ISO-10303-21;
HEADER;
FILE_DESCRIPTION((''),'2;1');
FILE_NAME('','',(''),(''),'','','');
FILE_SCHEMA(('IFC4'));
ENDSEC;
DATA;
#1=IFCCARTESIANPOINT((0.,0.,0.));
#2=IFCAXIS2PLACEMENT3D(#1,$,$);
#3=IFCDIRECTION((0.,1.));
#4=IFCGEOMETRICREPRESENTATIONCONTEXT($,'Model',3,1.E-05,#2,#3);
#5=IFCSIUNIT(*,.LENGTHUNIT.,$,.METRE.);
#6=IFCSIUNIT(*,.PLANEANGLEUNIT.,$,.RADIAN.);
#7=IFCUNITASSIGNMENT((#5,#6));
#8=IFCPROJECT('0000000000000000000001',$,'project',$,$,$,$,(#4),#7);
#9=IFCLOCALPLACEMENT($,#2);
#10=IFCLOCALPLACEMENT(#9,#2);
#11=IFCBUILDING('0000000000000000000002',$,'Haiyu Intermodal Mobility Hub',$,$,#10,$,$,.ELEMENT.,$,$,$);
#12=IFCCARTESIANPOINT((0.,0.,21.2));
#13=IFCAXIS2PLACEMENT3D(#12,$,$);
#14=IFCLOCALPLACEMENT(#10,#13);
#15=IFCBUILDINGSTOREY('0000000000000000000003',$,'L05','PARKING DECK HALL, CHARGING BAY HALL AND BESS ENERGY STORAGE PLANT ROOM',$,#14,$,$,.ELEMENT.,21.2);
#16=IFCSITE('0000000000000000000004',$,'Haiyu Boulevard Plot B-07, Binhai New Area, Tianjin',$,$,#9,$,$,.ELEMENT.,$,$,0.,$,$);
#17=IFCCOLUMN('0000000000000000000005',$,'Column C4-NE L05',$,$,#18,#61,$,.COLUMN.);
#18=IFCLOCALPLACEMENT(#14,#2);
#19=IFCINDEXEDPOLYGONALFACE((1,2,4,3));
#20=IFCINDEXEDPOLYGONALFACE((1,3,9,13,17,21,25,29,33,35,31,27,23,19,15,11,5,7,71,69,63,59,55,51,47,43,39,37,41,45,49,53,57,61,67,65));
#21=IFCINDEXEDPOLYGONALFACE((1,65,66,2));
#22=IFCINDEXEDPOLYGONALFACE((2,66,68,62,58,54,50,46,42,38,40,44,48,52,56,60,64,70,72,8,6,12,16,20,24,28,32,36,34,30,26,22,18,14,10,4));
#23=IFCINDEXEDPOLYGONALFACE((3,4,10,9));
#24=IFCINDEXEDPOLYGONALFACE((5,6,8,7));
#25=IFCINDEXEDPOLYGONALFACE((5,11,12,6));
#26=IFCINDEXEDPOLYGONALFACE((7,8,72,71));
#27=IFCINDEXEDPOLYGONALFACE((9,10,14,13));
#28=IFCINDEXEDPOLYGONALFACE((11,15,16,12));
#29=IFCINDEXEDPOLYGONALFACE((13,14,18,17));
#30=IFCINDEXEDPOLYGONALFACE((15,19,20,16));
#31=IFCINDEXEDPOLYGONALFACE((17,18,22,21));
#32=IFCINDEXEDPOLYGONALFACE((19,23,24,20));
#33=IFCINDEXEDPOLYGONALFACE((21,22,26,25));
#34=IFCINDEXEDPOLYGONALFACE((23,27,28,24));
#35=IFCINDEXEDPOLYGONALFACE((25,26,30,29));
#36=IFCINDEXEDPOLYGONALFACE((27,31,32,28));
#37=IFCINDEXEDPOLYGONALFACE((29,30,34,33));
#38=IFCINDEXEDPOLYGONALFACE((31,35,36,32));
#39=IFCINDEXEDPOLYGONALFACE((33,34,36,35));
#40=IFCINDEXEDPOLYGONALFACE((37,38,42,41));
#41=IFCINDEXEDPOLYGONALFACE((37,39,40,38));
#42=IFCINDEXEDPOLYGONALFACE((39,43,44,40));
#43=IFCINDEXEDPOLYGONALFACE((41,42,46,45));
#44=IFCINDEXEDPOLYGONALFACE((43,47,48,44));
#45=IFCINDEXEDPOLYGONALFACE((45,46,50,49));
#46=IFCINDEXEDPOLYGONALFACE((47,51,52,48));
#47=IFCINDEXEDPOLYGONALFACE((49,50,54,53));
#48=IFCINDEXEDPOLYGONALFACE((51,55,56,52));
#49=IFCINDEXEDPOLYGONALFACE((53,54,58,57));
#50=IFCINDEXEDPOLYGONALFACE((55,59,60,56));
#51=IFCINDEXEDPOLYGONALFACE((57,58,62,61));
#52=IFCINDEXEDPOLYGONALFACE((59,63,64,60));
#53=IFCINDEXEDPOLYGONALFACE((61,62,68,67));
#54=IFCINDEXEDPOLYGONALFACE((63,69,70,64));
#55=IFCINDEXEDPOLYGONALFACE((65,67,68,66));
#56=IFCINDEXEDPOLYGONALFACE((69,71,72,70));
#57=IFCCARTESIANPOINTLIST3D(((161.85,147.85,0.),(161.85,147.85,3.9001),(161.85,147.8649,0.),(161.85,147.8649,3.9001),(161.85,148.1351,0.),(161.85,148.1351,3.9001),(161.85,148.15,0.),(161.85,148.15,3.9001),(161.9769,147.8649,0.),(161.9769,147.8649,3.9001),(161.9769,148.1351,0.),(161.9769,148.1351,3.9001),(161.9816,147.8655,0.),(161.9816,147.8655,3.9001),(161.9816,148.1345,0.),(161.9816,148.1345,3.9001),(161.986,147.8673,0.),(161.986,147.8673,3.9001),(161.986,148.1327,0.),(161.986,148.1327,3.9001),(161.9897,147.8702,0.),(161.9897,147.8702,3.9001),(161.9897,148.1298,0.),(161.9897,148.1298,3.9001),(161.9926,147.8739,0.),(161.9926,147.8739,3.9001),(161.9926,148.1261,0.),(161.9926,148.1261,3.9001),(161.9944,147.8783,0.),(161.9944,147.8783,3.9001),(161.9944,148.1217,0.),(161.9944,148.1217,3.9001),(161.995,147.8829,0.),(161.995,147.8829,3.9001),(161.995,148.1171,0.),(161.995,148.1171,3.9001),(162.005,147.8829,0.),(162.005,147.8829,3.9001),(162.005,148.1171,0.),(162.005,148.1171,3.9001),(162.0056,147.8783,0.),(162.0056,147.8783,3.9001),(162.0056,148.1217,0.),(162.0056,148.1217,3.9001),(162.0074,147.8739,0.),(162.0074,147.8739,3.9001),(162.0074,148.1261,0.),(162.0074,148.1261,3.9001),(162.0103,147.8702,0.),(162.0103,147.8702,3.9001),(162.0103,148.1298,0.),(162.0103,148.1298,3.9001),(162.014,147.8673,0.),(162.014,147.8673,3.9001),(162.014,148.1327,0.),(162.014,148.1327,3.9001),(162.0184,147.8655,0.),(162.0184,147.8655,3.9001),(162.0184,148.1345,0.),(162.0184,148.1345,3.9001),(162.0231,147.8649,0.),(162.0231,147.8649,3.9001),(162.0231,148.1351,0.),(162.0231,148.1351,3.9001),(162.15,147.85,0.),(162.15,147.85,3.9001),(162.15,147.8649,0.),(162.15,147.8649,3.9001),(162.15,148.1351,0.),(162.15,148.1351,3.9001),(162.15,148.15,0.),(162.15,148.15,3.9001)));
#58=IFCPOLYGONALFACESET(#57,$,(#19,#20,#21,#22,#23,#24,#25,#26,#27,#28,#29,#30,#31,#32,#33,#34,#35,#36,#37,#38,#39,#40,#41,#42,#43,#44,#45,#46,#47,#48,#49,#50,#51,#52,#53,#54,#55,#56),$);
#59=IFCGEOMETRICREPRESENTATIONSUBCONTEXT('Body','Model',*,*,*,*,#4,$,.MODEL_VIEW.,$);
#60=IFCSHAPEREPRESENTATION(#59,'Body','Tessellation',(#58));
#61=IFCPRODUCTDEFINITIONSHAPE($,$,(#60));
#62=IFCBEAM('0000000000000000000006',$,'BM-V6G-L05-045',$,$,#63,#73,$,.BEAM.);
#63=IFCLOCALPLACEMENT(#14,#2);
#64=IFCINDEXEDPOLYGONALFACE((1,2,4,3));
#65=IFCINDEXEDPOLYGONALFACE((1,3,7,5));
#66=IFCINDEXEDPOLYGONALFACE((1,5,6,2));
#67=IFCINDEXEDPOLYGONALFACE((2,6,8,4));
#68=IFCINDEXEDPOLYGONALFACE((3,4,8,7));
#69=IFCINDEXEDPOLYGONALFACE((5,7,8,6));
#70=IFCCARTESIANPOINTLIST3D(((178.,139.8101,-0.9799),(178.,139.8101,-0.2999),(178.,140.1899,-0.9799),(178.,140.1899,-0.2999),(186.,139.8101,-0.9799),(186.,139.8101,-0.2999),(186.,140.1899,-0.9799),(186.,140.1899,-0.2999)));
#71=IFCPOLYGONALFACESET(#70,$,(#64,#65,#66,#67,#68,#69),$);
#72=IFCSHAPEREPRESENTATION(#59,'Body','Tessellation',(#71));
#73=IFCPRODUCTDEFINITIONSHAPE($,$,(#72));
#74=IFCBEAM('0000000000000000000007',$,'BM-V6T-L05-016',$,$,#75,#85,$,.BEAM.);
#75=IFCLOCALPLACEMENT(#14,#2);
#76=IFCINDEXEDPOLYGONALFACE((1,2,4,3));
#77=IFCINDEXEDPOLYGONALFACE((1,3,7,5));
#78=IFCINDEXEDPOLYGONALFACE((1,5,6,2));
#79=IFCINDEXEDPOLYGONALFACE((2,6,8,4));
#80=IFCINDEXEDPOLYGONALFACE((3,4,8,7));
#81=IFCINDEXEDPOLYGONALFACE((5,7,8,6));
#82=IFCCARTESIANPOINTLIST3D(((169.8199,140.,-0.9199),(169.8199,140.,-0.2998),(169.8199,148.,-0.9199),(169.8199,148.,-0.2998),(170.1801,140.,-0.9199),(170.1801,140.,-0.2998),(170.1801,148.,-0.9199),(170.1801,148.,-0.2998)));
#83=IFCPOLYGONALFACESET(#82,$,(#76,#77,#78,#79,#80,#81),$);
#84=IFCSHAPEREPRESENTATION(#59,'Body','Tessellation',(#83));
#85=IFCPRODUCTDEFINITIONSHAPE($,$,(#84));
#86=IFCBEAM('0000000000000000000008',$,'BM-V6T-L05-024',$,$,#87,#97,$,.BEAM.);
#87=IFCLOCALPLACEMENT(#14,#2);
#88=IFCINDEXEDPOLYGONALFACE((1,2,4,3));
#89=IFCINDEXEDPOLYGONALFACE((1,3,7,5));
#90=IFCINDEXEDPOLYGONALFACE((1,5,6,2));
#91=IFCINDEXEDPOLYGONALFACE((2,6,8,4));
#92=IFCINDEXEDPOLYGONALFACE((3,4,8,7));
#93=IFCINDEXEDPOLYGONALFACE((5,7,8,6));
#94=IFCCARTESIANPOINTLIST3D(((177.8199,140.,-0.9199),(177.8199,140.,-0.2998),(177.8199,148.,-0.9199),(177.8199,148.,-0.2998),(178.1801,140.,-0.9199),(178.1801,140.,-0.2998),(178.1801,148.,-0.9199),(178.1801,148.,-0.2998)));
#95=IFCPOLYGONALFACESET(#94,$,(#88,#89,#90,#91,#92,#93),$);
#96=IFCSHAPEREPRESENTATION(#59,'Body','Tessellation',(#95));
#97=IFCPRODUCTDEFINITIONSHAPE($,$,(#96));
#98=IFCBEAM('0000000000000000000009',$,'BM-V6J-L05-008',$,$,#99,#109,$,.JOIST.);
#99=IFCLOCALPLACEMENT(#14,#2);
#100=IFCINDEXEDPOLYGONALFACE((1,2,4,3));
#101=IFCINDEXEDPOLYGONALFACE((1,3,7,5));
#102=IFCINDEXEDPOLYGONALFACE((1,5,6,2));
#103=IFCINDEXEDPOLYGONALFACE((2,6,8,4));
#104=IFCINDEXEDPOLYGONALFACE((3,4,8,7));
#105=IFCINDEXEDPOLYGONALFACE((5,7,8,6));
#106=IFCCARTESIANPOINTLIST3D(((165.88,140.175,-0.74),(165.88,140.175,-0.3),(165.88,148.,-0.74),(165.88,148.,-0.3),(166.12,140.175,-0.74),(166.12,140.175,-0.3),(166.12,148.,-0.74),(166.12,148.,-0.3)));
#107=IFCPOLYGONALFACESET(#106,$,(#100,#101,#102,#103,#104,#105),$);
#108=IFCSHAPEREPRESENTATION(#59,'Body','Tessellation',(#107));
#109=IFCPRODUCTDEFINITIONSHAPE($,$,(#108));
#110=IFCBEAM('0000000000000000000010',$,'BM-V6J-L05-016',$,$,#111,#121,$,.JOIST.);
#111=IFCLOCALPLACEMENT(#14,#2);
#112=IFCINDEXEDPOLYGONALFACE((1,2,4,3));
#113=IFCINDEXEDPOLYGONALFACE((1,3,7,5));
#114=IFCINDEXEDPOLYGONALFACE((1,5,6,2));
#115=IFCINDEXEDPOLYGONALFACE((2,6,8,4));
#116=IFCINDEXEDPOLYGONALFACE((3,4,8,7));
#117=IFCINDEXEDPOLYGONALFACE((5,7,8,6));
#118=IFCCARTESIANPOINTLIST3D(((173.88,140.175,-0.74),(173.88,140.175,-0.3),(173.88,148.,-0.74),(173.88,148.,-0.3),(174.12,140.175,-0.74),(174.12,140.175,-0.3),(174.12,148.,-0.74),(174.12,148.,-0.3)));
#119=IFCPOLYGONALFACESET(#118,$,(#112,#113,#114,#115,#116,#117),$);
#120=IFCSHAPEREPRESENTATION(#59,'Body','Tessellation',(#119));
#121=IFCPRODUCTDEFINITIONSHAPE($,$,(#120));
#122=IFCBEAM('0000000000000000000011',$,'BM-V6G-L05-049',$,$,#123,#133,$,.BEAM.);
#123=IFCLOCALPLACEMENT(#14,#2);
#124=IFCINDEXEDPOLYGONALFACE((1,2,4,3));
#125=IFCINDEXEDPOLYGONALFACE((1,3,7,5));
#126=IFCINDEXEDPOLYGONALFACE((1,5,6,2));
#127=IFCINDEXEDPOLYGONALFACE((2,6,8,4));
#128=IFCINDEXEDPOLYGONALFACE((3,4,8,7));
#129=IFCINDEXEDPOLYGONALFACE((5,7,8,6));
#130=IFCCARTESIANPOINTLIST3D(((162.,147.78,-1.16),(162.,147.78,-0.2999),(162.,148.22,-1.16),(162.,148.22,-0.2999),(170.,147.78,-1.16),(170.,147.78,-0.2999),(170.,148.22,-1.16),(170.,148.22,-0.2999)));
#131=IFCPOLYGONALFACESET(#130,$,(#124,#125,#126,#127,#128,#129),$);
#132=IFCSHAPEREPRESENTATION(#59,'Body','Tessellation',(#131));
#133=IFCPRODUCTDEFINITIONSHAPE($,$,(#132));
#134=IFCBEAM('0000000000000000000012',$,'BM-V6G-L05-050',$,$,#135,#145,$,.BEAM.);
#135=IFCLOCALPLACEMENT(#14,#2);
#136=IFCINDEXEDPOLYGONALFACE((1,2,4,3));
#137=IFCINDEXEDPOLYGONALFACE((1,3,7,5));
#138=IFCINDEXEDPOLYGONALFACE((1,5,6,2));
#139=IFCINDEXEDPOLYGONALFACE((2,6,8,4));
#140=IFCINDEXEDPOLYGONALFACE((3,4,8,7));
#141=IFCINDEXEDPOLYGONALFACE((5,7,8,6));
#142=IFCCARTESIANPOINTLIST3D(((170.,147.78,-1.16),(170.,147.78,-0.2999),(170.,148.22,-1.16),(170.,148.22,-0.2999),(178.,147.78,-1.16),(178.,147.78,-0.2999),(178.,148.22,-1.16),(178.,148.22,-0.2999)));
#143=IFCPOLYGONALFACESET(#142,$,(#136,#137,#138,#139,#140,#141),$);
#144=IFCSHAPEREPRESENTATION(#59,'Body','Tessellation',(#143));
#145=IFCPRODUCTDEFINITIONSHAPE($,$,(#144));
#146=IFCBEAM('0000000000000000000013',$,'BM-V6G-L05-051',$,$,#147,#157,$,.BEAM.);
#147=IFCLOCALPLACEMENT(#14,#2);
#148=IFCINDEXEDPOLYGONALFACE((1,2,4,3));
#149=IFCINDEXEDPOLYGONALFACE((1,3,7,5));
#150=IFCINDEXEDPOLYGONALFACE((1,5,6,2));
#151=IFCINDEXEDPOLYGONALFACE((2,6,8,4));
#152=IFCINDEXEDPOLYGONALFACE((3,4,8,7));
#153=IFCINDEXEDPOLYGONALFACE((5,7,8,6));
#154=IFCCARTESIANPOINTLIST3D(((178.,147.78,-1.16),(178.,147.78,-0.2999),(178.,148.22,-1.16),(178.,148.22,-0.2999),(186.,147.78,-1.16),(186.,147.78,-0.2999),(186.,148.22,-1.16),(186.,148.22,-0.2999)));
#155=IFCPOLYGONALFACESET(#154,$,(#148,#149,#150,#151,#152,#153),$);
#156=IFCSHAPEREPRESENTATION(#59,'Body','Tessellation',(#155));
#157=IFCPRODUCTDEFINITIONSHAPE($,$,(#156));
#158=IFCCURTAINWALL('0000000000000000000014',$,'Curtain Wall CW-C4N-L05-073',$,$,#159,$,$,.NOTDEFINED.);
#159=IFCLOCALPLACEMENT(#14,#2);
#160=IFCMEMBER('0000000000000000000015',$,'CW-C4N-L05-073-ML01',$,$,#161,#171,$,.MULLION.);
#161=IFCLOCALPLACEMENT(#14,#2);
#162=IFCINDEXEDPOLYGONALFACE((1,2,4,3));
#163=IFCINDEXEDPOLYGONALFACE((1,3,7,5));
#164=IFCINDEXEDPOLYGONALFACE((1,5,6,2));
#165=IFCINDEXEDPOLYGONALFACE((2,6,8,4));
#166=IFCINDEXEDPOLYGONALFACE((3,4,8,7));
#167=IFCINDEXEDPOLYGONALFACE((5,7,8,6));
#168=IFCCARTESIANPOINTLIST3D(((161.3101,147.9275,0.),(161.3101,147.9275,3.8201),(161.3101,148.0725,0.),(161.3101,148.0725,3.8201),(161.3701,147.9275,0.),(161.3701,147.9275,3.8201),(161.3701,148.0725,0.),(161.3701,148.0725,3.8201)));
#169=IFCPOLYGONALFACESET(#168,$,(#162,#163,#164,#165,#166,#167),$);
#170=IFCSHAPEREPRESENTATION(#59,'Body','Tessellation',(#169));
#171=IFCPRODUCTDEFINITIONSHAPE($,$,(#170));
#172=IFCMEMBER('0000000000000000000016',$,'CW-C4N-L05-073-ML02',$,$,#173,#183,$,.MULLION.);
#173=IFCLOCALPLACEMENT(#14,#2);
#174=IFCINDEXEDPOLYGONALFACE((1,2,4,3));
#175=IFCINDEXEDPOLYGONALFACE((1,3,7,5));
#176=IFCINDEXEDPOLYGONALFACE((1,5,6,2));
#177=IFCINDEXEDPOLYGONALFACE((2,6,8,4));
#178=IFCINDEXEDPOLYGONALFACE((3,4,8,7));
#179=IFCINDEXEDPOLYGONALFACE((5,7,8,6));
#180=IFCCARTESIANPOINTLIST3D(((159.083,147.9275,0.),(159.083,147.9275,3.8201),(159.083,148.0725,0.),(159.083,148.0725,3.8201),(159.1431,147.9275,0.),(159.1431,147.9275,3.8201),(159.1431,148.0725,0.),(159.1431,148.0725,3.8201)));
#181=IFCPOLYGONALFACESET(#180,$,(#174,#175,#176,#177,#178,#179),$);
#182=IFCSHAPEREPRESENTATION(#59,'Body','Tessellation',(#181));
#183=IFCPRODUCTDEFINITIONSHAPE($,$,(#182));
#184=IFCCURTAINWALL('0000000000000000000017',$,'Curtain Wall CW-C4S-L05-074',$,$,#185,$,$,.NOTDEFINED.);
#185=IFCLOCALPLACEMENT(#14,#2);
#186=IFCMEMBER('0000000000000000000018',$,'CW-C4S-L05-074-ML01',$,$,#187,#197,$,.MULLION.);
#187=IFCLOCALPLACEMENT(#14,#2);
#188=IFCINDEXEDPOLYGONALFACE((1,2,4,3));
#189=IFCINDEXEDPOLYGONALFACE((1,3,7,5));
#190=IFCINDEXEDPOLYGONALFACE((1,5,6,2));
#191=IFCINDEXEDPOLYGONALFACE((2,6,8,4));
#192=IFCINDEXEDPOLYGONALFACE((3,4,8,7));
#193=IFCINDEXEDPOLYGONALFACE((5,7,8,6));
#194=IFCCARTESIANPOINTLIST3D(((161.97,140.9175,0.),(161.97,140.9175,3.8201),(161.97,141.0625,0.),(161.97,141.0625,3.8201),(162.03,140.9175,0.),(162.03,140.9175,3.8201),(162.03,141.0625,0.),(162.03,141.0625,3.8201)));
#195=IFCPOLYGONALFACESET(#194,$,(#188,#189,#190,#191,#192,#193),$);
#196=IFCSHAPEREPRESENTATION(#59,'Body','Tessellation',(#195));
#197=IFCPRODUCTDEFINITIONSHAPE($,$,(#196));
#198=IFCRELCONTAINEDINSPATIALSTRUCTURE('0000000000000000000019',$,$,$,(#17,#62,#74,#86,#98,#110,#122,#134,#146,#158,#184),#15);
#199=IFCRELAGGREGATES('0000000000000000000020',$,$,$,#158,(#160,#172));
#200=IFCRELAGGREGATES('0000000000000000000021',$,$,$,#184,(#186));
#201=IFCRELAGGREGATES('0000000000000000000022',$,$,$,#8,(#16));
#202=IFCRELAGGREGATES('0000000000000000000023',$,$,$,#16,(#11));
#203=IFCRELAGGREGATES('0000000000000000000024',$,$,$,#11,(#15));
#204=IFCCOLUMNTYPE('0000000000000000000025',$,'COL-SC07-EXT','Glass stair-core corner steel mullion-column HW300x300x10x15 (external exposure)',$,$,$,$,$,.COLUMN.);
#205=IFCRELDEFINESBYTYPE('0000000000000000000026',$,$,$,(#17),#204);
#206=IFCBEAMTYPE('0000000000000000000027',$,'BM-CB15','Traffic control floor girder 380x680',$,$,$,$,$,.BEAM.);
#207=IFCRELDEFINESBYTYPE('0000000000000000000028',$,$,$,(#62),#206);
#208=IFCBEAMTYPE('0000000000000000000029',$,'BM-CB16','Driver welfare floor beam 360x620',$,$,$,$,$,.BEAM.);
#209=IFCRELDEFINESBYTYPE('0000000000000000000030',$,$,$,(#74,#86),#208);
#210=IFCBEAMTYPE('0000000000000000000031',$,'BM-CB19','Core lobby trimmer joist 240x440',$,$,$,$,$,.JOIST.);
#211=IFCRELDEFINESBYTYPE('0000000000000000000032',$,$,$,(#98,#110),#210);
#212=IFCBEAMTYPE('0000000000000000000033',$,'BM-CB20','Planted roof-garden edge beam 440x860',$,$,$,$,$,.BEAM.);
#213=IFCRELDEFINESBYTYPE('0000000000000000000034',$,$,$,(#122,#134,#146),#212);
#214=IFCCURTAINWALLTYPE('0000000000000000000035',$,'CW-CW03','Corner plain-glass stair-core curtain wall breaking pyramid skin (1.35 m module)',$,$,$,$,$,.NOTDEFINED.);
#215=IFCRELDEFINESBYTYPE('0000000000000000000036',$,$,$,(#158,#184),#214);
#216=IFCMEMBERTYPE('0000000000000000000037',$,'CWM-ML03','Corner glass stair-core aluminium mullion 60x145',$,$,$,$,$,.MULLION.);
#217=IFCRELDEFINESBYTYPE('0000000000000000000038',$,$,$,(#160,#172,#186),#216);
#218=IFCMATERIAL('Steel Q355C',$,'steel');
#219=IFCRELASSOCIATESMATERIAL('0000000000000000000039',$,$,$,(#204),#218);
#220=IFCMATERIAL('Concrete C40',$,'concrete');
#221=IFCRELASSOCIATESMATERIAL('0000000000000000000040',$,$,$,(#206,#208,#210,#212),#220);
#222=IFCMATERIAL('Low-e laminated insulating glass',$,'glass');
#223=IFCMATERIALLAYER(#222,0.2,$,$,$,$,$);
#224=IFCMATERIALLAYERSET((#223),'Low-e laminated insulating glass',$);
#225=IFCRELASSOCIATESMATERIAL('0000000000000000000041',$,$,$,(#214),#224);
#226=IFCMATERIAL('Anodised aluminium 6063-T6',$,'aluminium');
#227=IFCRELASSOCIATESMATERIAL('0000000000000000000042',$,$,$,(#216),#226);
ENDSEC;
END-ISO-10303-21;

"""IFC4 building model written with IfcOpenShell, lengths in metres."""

from ifc_helpers import new_model, si_unit, direction, frame, origin, origin_2d, place, context, subcontext, project, spatial, rectangle, i_section, extrude, material, layer, layer_set, material_profile, profile_set, type_object, element, aggregate, save


model = new_model("IFC4")

# Units and contexts
model_context = context("Model", 3, precision=1e-05, world=origin(), true_north=direction((0.0, 1.0)))
body_context = subcontext(model_context, "Body", "Model", "MODEL_VIEW")
ifc_project = project(units=[si_unit("LENGTHUNIT", "METRE"), si_unit("PLANEANGLEUNIT", "RADIAN")], contexts=[model_context])

# Site, building, storey
site_placement = place(None, origin())
site = spatial("IfcSite", under=ifc_project, at=site_placement, Name="Haiyu Boulevard Plot B-07, Binhai New Area, Tianjin", CompositionType="ELEMENT", RefElevation=0.0)
building_placement = place(site_placement, origin())
building = spatial("IfcBuilding", under=site, at=building_placement, Name="Haiyu Intermodal Mobility Hub", CompositionType="ELEMENT")
storey_placement = place(building_placement, frame((0.0, 0.0, 21.2)))
storey = spatial("IfcBuildingStorey", under=building, at=storey_placement, Name="L05", Description="PARKING DECK HALL, CHARGING BAY HALL AND BESS ENERGY STORAGE PLANT ROOM", CompositionType="ELEMENT", Elevation=21.2)

# Column
ifc_material_1 = material(Name="Steel Q355C", Category="steel")
ifc_material_profile_1 = material_profile(ifc_material_1, i_section(OverallWidth=0.3, OverallDepth=0.3, WebThickness=0.01, FlangeThickness=0.0149, FilletRadius=0.0181, at=origin_2d()), Name="HW300x300x10x15")
ifc_profile_set_1 = profile_set([ifc_material_profile_1], Name="Steel Q355C")
column_type = type_object("IfcColumnType", Name="COL-SC07-EXT", Description="Glass stair-core corner steel mullion-column HW300x300x10x15 (external exposure)", PredefinedType="COLUMN", material=ifc_profile_set_1)
column_placement = place(storey_placement, frame((162.0, 148.0, 0.0), z_axis=(0.0, 0.0, 1.0), x_axis=(1.0, 0.0, 0.0)))
element("IfcColumn", 1, at=column_placement, inside=storey, type_object=column_type, Name="Column C4-NE L05", PredefinedType="COLUMN", context=body_context, shape_type="SweptSolid", body=[
    extrude(i_section(OverallWidth=0.3, OverallDepth=0.3, WebThickness=0.01, FlangeThickness=0.0149, FilletRadius=0.0181, at=origin_2d()), origin(), (0.0, 0.0, 1.0), 3.9001),
])

# Beams
ifc_material_2 = material(Name="Concrete C40", Category="concrete")
ifc_material_profile_2 = material_profile(ifc_material_2, rectangle(XDim=0.3799, YDim=0.6799, at=origin_2d()), Name="B380x680")
ifc_profile_set_2 = profile_set([ifc_material_profile_2], Name="Concrete C40")
beam_type_1 = type_object("IfcBeamType", Name="BM-CB15", Description="Traffic control floor girder 380x680", PredefinedType="BEAM", material=ifc_profile_set_2)
beam_placement = place(storey_placement, frame((178.0, 140.0, -0.6399), z_axis=(1.0, 0.0, 0.0), x_axis=(0.0, 1.0, 0.0)))
element("IfcBeam", 2, at=beam_placement, inside=storey, type_object=beam_type_1, Name="BM-V6G-L05-045", PredefinedType="BEAM", context=body_context, shape_type="SweptSolid", body=[
    extrude(rectangle(XDim=0.3799, YDim=0.6799, at=origin_2d()), origin(), (0.0, 0.0, 1.0), 8.0),
])
ifc_material_profile_3 = material_profile(ifc_material_2, rectangle(XDim=0.3601, YDim=0.6201, at=origin_2d()), Name="B360x620")
ifc_profile_set_3 = profile_set([ifc_material_profile_3], Name="Concrete C40")
beam_type_2 = type_object("IfcBeamType", Name="BM-CB16", Description="Driver welfare floor beam 360x620", PredefinedType="BEAM", material=ifc_profile_set_3)
for number, where, z_axis, x_axis, name in (
    (3, (170.0, 140.0, -0.6099), (0.0, 1.0, 0.0), (-1.0, 0.0, 0.0), "BM-V6T-L05-016"),
    (4, (178.0, 140.0, -0.6099), (0.0, 1.0, 0.0), (-1.0, 0.0, 0.0), "BM-V6T-L05-024"),
):
    element("IfcBeam", number, at=place(storey_placement, frame(where, z_axis=z_axis, x_axis=x_axis)), inside=storey, type_object=beam_type_2, Name=name, PredefinedType="BEAM", context=body_context, shape_type="SweptSolid", body=[
        extrude(rectangle(XDim=0.3601, YDim=0.6201, at=origin_2d()), origin(), (0.0, 0.0, 1.0), 8.0),
    ])
ifc_material_profile_4 = material_profile(ifc_material_2, rectangle(XDim=0.24, YDim=0.4399, at=origin_2d()), Name="B240x440")
ifc_profile_set_4 = profile_set([ifc_material_profile_4], Name="Concrete C40")
beam_type_3 = type_object("IfcBeamType", Name="BM-CB19", Description="Core lobby trimmer joist 240x440", PredefinedType="JOIST", material=ifc_profile_set_4)
for number, where, z_axis, x_axis, name in (
    (5, (166.0, 140.175, -0.52), (0.0, 1.0, 0.0), (-1.0, 0.0, 0.0), "BM-V6J-L05-008"),
    (6, (174.0, 140.175, -0.52), (0.0, 1.0, 0.0), (-1.0, 0.0, 0.0), "BM-V6J-L05-016"),
):
    element("IfcBeam", number, at=place(storey_placement, frame(where, z_axis=z_axis, x_axis=x_axis)), inside=storey, type_object=beam_type_3, Name=name, PredefinedType="JOIST", context=body_context, shape_type="SweptSolid", body=[
        extrude(rectangle(XDim=0.24, YDim=0.4399, at=origin_2d()), origin(), (0.0, 0.0, 1.0), 7.825),
    ])
ifc_material_profile_5 = material_profile(ifc_material_2, rectangle(XDim=0.4399, YDim=0.8601, at=origin_2d()), Name="B440x860")
ifc_profile_set_5 = profile_set([ifc_material_profile_5], Name="Concrete C40")
beam_type_4 = type_object("IfcBeamType", Name="BM-CB20", Description="Planted roof-garden edge beam 440x860", PredefinedType="BEAM", material=ifc_profile_set_5)
for number, where, z_axis, x_axis, name in (
    (7, (162.0, 148.0, -0.73), (1.0, 0.0, 0.0), (0.0, 1.0, 0.0), "BM-V6G-L05-049"),
    (8, (170.0, 148.0, -0.73), (1.0, 0.0, 0.0), (0.0, 1.0, 0.0), "BM-V6G-L05-050"),
    (9, (178.0, 148.0, -0.73), (1.0, 0.0, 0.0), (0.0, 1.0, 0.0), "BM-V6G-L05-051"),
):
    element("IfcBeam", number, at=place(storey_placement, frame(where, z_axis=z_axis, x_axis=x_axis)), inside=storey, type_object=beam_type_4, Name=name, PredefinedType="BEAM", context=body_context, shape_type="SweptSolid", body=[
        extrude(rectangle(XDim=0.4399, YDim=0.8601, at=origin_2d()), origin(), (0.0, 0.0, 1.0), 8.0),
    ])

# Curtain walls, members
ifc_material_3 = material(Name="Low-e laminated insulating glass", Category="glass")
ifc_layer_1 = layer(ifc_material_3, 0.2)
ifc_layer_set_1 = layer_set([ifc_layer_1], Name="Low-e laminated insulating glass")
curtain_wall_type = type_object("IfcCurtainWallType", Name="CW-CW03", Description="Corner plain-glass stair-core curtain wall breaking pyramid skin (1.35 m module)", PredefinedType="NOTDEFINED", material=ifc_layer_set_1)
curtain_wall_1_placement = place(storey_placement, origin())
curtain_wall_1 = element("IfcCurtainWall", 10, at=curtain_wall_1_placement, inside=storey, type_object=curtain_wall_type, Name="Curtain Wall CW-C4N-L05-073", PredefinedType="NOTDEFINED")
ifc_material_4 = material(Name="Anodised aluminium 6063-T6", Category="aluminium")
ifc_material_profile_6 = material_profile(ifc_material_4, rectangle(XDim=0.0601, YDim=0.145, at=origin_2d()), Name="ALU60x145")
ifc_profile_set_6 = profile_set([ifc_material_profile_6], Name="Anodised aluminium 6063-T6")
member_type_1 = type_object("IfcMemberType", Name="CWM-ML03", Description="Corner glass stair-core aluminium mullion 60x145", PredefinedType="MULLION", material=ifc_profile_set_6)
member_1_placement = place(storey_placement, frame((161.3401, 148.0, 0.0), z_axis=(0.0, 0.0, 1.0), x_axis=(1.0, 0.0, 0.0)))
member_1 = element("IfcMember", 11, at=member_1_placement, type_object=member_type_1, Name="CW-C4N-L05-073-ML01", PredefinedType="MULLION", context=body_context, shape_type="SweptSolid", body=[
    extrude(rectangle(XDim=0.0601, YDim=0.145, at=origin_2d()), origin(), (0.0, 0.0, 1.0), 3.8201),
])
member_2_placement = place(storey_placement, frame((159.113, 148.0, 0.0), z_axis=(0.0, 0.0, 1.0), x_axis=(1.0, 0.0, 0.0)))
member_2 = element("IfcMember", 12, at=member_2_placement, type_object=member_type_1, Name="CW-C4N-L05-073-ML02", PredefinedType="MULLION", context=body_context, shape_type="SweptSolid", body=[
    extrude(rectangle(XDim=0.0601, YDim=0.145, at=origin_2d()), origin(), (0.0, 0.0, 1.0), 3.8201),
])
curtain_wall_2_placement = place(storey_placement, origin())
curtain_wall_2 = element("IfcCurtainWall", 13, at=curtain_wall_2_placement, inside=storey, type_object=curtain_wall_type, Name="Curtain Wall CW-C4S-L05-074", PredefinedType="NOTDEFINED")
member_3_placement = place(storey_placement, frame((162.0, 140.99, 0.0), z_axis=(0.0, 0.0, 1.0), x_axis=(1.0, 0.0, 0.0)))
member_3 = element("IfcMember", 14, at=member_3_placement, type_object=member_type_1, Name="CW-C4S-L05-074-ML01", PredefinedType="MULLION", context=body_context, shape_type="SweptSolid", body=[
    extrude(rectangle(XDim=0.0601, YDim=0.145, at=origin_2d()), origin(), (0.0, 0.0, 1.0), 3.8201),
])

aggregate(curtain_wall_1, [member_1, member_2])
aggregate(curtain_wall_2, [member_3])

save(model, "model.ifc")
